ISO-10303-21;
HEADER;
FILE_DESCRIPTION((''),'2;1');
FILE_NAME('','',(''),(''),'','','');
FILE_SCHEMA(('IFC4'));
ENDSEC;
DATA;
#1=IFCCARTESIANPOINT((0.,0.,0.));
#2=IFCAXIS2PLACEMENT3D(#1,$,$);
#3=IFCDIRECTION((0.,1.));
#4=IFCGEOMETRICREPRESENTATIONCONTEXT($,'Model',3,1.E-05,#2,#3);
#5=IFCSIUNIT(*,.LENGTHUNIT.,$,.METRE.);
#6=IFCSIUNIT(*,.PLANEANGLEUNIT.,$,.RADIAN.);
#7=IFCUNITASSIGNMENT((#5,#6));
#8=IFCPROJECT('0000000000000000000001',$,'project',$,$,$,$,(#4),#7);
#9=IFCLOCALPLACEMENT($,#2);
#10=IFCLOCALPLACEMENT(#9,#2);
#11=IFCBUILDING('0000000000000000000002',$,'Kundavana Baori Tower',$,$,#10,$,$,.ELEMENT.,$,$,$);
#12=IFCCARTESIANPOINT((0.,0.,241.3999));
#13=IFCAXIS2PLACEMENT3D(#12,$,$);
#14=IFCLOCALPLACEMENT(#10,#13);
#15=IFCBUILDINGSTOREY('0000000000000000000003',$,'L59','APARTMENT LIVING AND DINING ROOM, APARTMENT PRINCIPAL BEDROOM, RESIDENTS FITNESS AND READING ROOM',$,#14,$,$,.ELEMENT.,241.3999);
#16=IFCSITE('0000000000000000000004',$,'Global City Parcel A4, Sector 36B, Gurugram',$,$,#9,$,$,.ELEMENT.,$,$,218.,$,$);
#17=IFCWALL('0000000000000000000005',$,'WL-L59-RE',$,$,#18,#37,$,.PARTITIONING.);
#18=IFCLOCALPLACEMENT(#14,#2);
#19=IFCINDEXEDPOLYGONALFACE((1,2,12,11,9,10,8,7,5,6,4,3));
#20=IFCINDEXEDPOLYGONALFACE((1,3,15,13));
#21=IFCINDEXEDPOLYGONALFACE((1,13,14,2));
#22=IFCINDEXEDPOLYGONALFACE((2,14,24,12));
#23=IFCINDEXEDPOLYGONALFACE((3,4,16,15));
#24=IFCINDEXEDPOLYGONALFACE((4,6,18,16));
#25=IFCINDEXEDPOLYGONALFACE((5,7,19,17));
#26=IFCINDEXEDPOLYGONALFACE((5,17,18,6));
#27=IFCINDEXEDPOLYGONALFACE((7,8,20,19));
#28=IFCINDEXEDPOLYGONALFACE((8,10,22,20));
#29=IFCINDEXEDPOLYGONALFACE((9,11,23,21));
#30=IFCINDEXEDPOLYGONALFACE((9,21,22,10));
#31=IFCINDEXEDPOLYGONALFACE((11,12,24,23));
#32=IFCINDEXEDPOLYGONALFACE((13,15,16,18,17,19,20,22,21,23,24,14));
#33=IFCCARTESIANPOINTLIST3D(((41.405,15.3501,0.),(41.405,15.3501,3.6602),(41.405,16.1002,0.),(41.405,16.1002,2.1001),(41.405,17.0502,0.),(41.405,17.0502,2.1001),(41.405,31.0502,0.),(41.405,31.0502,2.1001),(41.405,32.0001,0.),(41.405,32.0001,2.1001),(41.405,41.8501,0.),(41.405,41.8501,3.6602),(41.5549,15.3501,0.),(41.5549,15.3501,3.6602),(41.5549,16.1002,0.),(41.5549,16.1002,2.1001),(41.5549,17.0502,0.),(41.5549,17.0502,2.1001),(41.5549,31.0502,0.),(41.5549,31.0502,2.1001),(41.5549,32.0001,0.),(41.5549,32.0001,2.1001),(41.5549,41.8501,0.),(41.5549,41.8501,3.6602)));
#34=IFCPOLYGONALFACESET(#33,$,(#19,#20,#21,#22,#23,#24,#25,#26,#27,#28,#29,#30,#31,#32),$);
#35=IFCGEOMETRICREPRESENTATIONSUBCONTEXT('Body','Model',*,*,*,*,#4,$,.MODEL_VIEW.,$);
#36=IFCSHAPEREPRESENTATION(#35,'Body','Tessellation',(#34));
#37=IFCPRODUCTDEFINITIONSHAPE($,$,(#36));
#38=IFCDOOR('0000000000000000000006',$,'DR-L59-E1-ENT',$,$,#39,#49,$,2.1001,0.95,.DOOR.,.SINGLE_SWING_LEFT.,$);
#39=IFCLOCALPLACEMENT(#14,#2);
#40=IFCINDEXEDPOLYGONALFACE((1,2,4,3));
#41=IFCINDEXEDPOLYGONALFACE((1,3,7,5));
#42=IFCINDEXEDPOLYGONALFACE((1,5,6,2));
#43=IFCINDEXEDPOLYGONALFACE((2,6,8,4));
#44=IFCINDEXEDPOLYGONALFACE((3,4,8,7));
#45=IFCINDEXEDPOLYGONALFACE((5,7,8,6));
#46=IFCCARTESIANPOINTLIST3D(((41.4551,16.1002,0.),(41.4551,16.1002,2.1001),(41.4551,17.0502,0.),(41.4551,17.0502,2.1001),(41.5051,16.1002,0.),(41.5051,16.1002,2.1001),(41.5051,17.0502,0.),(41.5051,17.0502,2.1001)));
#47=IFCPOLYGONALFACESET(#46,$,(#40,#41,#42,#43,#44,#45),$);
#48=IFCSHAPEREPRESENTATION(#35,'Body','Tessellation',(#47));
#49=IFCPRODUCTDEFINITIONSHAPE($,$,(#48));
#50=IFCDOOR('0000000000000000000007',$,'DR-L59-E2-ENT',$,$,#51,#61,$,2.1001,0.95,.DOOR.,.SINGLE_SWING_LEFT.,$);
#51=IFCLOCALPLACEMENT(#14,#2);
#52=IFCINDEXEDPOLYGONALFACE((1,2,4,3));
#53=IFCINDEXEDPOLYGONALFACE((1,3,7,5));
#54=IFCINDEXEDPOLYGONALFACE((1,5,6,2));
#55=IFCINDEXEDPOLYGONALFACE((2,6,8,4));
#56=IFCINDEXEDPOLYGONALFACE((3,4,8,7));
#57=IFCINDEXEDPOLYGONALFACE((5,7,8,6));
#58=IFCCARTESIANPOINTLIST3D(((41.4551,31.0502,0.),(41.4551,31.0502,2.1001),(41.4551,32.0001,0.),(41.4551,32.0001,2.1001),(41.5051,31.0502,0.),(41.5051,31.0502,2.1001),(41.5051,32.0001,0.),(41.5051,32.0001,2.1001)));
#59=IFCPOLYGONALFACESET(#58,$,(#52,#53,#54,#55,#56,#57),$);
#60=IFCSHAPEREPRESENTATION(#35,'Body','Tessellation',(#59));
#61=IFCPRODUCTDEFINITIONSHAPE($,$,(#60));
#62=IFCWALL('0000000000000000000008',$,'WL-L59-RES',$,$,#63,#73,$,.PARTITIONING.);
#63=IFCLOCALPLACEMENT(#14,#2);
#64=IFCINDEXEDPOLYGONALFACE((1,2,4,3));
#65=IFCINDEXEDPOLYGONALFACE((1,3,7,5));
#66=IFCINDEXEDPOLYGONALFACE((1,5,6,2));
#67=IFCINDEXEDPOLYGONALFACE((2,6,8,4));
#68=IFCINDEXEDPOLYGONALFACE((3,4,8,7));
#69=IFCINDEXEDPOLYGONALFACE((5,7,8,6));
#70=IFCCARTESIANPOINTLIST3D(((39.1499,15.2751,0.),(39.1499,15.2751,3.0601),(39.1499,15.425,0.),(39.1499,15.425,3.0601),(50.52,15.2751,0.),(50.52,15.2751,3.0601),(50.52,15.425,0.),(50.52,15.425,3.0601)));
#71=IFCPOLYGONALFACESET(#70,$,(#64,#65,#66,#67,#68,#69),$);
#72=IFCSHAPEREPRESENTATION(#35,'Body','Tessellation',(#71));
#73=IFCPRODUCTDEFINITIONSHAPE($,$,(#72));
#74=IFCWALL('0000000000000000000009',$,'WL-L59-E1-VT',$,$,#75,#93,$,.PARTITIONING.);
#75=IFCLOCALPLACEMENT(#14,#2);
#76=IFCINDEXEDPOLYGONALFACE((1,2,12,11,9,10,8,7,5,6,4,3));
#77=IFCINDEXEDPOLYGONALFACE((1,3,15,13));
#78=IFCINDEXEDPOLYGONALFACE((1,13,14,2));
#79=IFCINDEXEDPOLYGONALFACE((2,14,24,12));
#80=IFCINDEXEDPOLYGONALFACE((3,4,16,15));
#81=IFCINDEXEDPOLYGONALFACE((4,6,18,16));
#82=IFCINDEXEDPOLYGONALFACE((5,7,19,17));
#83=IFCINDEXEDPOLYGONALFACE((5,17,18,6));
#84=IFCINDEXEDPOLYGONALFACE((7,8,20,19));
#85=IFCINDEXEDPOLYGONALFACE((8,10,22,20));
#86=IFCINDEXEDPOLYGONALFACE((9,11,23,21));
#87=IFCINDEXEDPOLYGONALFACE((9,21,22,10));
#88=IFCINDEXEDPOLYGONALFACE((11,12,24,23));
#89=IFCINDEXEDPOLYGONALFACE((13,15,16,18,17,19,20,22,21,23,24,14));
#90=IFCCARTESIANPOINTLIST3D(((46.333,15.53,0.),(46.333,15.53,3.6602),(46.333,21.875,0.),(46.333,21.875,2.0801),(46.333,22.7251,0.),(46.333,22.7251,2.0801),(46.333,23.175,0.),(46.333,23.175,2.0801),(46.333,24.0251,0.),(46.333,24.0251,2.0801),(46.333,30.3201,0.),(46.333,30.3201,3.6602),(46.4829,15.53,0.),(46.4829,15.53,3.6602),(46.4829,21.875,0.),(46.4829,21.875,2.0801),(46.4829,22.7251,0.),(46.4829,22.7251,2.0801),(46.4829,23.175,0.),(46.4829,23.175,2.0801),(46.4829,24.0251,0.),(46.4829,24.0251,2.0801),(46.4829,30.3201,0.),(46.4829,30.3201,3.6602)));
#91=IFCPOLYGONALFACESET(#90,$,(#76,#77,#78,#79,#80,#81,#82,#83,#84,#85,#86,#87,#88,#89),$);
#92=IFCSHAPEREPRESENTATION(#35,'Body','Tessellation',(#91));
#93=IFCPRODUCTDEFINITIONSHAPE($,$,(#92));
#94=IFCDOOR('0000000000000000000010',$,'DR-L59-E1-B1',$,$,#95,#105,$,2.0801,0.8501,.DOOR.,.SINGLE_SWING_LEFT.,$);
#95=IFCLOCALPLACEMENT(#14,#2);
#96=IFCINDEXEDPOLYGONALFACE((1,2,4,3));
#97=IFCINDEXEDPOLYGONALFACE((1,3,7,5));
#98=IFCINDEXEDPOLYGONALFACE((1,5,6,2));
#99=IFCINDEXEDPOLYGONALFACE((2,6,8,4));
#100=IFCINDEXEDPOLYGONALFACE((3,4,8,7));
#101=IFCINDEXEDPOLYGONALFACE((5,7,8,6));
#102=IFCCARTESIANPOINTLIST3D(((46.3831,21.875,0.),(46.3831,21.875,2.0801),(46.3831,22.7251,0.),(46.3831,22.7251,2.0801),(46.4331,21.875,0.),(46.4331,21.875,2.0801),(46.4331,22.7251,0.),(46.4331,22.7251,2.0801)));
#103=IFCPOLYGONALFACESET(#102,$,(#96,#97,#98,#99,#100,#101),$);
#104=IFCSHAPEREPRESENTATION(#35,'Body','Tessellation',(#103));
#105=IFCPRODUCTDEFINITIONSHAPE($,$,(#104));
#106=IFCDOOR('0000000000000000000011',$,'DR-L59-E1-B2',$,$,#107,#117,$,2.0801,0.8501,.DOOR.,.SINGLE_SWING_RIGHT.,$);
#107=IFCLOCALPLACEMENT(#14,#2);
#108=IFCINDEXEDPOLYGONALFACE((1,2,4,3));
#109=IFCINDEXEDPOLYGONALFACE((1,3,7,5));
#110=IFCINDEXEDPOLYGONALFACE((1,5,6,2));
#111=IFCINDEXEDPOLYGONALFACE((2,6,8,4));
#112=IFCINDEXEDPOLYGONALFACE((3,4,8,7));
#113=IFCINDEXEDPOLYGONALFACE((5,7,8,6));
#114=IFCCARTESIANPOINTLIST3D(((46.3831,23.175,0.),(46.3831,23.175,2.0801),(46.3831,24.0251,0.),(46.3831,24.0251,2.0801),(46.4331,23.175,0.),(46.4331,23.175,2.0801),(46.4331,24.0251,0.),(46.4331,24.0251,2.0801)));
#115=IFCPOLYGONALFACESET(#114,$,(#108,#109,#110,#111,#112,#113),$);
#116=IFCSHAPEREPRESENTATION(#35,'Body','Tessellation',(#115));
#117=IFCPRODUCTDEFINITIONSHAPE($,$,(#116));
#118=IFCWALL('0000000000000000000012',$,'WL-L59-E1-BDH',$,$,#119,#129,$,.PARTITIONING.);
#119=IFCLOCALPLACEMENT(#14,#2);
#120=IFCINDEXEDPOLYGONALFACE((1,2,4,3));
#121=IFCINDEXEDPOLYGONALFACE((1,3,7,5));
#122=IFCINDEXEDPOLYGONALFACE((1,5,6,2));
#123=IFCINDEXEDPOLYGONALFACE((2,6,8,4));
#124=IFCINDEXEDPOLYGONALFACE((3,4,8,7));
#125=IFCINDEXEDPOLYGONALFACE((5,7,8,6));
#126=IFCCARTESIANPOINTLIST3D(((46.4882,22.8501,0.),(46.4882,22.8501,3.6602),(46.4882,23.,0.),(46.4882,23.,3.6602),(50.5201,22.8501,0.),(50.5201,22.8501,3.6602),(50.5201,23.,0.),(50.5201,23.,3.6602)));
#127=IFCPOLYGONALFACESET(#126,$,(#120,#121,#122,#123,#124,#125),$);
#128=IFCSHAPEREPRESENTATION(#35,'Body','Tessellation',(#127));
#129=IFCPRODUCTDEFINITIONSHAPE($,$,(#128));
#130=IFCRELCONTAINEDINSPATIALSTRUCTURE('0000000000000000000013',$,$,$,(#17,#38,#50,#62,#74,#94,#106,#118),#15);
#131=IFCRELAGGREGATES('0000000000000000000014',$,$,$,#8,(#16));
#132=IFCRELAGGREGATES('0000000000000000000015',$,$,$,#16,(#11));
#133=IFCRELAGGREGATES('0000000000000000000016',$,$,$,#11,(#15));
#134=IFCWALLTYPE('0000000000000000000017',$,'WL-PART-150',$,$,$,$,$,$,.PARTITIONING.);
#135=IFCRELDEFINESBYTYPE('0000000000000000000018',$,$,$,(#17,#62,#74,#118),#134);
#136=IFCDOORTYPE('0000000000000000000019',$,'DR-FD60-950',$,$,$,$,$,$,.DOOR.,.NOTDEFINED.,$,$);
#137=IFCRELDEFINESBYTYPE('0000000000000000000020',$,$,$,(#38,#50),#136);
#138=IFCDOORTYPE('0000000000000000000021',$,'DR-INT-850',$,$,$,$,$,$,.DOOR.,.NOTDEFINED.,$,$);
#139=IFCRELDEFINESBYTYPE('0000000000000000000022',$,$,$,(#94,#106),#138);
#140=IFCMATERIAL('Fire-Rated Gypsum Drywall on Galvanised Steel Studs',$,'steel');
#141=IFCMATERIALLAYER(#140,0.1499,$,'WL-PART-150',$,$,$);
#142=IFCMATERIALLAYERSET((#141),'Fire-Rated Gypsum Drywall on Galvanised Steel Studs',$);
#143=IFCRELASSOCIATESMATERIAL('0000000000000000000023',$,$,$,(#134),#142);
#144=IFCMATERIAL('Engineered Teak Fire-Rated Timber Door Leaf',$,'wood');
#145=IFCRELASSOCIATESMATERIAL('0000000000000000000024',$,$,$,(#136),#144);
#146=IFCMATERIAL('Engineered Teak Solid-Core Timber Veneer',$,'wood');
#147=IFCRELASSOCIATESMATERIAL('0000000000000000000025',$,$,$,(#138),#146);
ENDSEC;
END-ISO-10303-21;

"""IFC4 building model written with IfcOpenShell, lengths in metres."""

from ifc_helpers import new_model, si_unit, direction, frame, frame_2d, origin, place, context, subcontext, project, spatial, rectangle, extrude, material, layer, layer_set, type_object, element, fill, save


model = new_model("IFC4")

# Units and contexts
model_context = context("Model", 3, precision=1e-05, world=origin(), true_north=direction((0.0, 1.0)))
body_context = subcontext(model_context, "Body", "Model", "MODEL_VIEW")
ifc_project = project(units=[si_unit("LENGTHUNIT", "METRE"), si_unit("PLANEANGLEUNIT", "RADIAN")], contexts=[model_context])

# Site, building, storey
site_placement = place(None, origin())
site = spatial("IfcSite", under=ifc_project, at=site_placement, Name="Global City Parcel A4, Sector 36B, Gurugram", CompositionType="ELEMENT", RefElevation=218.0)
building_placement = place(site_placement, origin())
building = spatial("IfcBuilding", under=site, at=building_placement, Name="Kundavana Baori Tower", CompositionType="ELEMENT")
storey_placement = place(building_placement, frame((0.0, 0.0, 241.3999)))
storey = spatial("IfcBuildingStorey", under=building, at=storey_placement, Name="L59", Description="APARTMENT LIVING AND DINING ROOM, APARTMENT PRINCIPAL BEDROOM, RESIDENTS FITNESS AND READING ROOM", CompositionType="ELEMENT", Elevation=241.3999)

# Wall, openings, doors
ifc_material_1 = material(Name="Fire-Rated Gypsum Drywall on Galvanised Steel Studs", Category="steel")
ifc_layer_1 = layer(ifc_material_1, 0.1499, Name="WL-PART-150")
ifc_layer_set_1 = layer_set([ifc_layer_1], Name="Fire-Rated Gypsum Drywall on Galvanised Steel Studs")
wall_type_1 = type_object("IfcWallType", Name="WL-PART-150", PredefinedType="PARTITIONING", material=ifc_layer_set_1)
wall_1_placement = place(storey_placement, frame((41.48, 15.3501, 0.0), z_axis=(0.0, 0.0, 1.0), x_axis=(0.0, 1.0, 0.0)))
wall_1 = element("IfcWall", 1, at=wall_1_placement, inside=storey, type_object=wall_type_1, Name="WL-L59-RE", PredefinedType="PARTITIONING", context=body_context, shape_type="SweptSolid", body=[
    extrude(rectangle(XDim=26.5, YDim=0.1499, at=frame_2d((13.25, 0.0))), origin(), (0.0, 0.0, 1.0), 3.6602),
])
opening_1_placement = place(wall_1_placement, frame((0.75, 0.0, 0.0)))
opening_1 = element("IfcOpeningElement", 2, at=opening_1_placement, cuts=wall_1, PredefinedType="OPENING", context=body_context, shape_type="SweptSolid", body=[
    extrude(rectangle(XDim=0.95, YDim=2.1001, at=frame_2d((0.4751, 1.05))), frame((0.0, 0.085, 0.0), z_axis=(0.0, -1.0, 0.0), x_axis=(1.0, 0.0, 0.0)), (0.0, 0.0, 1.0), 0.1699),
])
opening_2_placement = place(wall_1_placement, frame((15.7, 0.0, 0.0)))
opening_2 = element("IfcOpeningElement", 3, at=opening_2_placement, cuts=wall_1, PredefinedType="OPENING", context=body_context, shape_type="SweptSolid", body=[
    extrude(rectangle(XDim=0.95, YDim=2.1001, at=frame_2d((0.4751, 1.05))), frame((0.0, 0.085, 0.0), z_axis=(0.0, -1.0, 0.0), x_axis=(1.0, 0.0, 0.0)), (0.0, 0.0, 1.0), 0.1699),
])
ifc_material_2 = material(Name="Engineered Teak Fire-Rated Timber Door Leaf", Category="wood")
door_type_1 = type_object("IfcDoorType", Name="DR-FD60-950", OperationType="NOTDEFINED", PredefinedType="DOOR", material=ifc_material_2)
door_1_placement = place(opening_1_placement, origin())
door_1 = element("IfcDoor", 4, at=door_1_placement, inside=storey, type_object=door_type_1, Name="DR-L59-E1-ENT", OperationType="SINGLE_SWING_LEFT", OverallHeight=2.1001, OverallWidth=0.95, PredefinedType="DOOR", context=body_context, shape_type="SweptSolid", body=[
    extrude(rectangle(XDim=0.95, YDim=2.1001, at=frame_2d((0.4751, 1.05))), frame((0.0, 0.0249, 0.0), z_axis=(0.0, -1.0, 0.0), x_axis=(1.0, 0.0, 0.0)), (0.0, 0.0, 1.0), 0.05),
])
fill(opening_1, door_1)
door_2_placement = place(opening_2_placement, origin())
door_2 = element("IfcDoor", 5, at=door_2_placement, inside=storey, type_object=door_type_1, Name="DR-L59-E2-ENT", OperationType="SINGLE_SWING_LEFT", OverallHeight=2.1001, OverallWidth=0.95, PredefinedType="DOOR", context=body_context, shape_type="SweptSolid", body=[
    extrude(rectangle(XDim=0.95, YDim=2.1001, at=frame_2d((0.4751, 1.05))), frame((0.0, 0.0249, 0.0), z_axis=(0.0, -1.0, 0.0), x_axis=(1.0, 0.0, 0.0)), (0.0, 0.0, 1.0), 0.05),
])
fill(opening_2, door_2)

# Wall
wall_2_placement = place(storey_placement, frame((39.1499, 15.3501, 0.0), z_axis=(0.0, 0.0, 1.0), x_axis=(1.0, 0.0, 0.0)))
element("IfcWall", 6, at=wall_2_placement, inside=storey, type_object=wall_type_1, Name="WL-L59-RES", PredefinedType="PARTITIONING", context=body_context, shape_type="SweptSolid", body=[
    extrude(rectangle(XDim=11.3701, YDim=0.1499, at=frame_2d((5.6851, 0.0))), origin(), (0.0, 0.0, 1.0), 3.0601),
])

# Wall, openings, doors
wall_3_placement = place(storey_placement, frame((46.408, 15.53, 0.0), z_axis=(0.0, 0.0, 1.0), x_axis=(0.0, 1.0, 0.0)))
wall_3 = element("IfcWall", 7, at=wall_3_placement, inside=storey, type_object=wall_type_1, Name="WL-L59-E1-VT", PredefinedType="PARTITIONING", context=body_context, shape_type="SweptSolid", body=[
    extrude(rectangle(XDim=14.79, YDim=0.1499, at=frame_2d((7.395, 0.0))), origin(), (0.0, 0.0, 1.0), 3.6602),
])
opening_3_placement = place(wall_3_placement, frame((6.345, 0.0, 0.0)))
opening_3 = element("IfcOpeningElement", 8, at=opening_3_placement, cuts=wall_3, PredefinedType="OPENING", context=body_context, shape_type="SweptSolid", body=[
    extrude(rectangle(XDim=0.8501, YDim=2.0801, at=frame_2d((0.425, 1.04))), frame((0.0, 0.085, 0.0), z_axis=(0.0, -1.0, 0.0), x_axis=(1.0, 0.0, 0.0)), (0.0, 0.0, 1.0), 0.1699),
])
opening_4_placement = place(wall_3_placement, frame((7.645, 0.0, 0.0)))
opening_4 = element("IfcOpeningElement", 9, at=opening_4_placement, cuts=wall_3, PredefinedType="OPENING", context=body_context, shape_type="SweptSolid", body=[
    extrude(rectangle(XDim=0.8501, YDim=2.0801, at=frame_2d((0.425, 1.04))), frame((0.0, 0.085, 0.0), z_axis=(0.0, -1.0, 0.0), x_axis=(1.0, 0.0, 0.0)), (0.0, 0.0, 1.0), 0.1699),
])
ifc_material_3 = material(Name="Engineered Teak Solid-Core Timber Veneer", Category="wood")
door_type_2 = type_object("IfcDoorType", Name="DR-INT-850", OperationType="NOTDEFINED", PredefinedType="DOOR", material=ifc_material_3)
door_3_placement = place(opening_3_placement, origin())
door_3 = element("IfcDoor", 10, at=door_3_placement, inside=storey, type_object=door_type_2, Name="DR-L59-E1-B1", OperationType="SINGLE_SWING_LEFT", OverallHeight=2.0801, OverallWidth=0.8501, PredefinedType="DOOR", context=body_context, shape_type="SweptSolid", body=[
    extrude(rectangle(XDim=0.8501, YDim=2.0801, at=frame_2d((0.425, 1.04))), frame((0.0, 0.0249, 0.0), z_axis=(0.0, -1.0, 0.0), x_axis=(1.0, 0.0, 0.0)), (0.0, 0.0, 1.0), 0.05),
])
fill(opening_3, door_3)
door_4_placement = place(opening_4_placement, origin())
door_4 = element("IfcDoor", 11, at=door_4_placement, inside=storey, type_object=door_type_2, Name="DR-L59-E1-B2", OperationType="SINGLE_SWING_RIGHT", OverallHeight=2.0801, OverallWidth=0.8501, PredefinedType="DOOR", context=body_context, shape_type="SweptSolid", body=[
    extrude(rectangle(XDim=0.8501, YDim=2.0801, at=frame_2d((0.425, 1.04))), frame((0.0, 0.0249, 0.0), z_axis=(0.0, -1.0, 0.0), x_axis=(1.0, 0.0, 0.0)), (0.0, 0.0, 1.0), 0.05),
])
fill(opening_4, door_4)

# Wall
wall_4_placement = place(storey_placement, frame((46.488, 22.925, 0.0), z_axis=(0.0, 0.0, 1.0), x_axis=(1.0, 0.0, 0.0)))
element("IfcWall", 12, at=wall_4_placement, inside=storey, type_object=wall_type_1, Name="WL-L59-E1-BDH", PredefinedType="PARTITIONING", context=body_context, shape_type="SweptSolid", body=[
    extrude(rectangle(XDim=4.032, YDim=0.1499, at=frame_2d((2.0161, 0.0))), origin(), (0.0, 0.0, 1.0), 3.6602),
])

save(model, "model.ifc")
